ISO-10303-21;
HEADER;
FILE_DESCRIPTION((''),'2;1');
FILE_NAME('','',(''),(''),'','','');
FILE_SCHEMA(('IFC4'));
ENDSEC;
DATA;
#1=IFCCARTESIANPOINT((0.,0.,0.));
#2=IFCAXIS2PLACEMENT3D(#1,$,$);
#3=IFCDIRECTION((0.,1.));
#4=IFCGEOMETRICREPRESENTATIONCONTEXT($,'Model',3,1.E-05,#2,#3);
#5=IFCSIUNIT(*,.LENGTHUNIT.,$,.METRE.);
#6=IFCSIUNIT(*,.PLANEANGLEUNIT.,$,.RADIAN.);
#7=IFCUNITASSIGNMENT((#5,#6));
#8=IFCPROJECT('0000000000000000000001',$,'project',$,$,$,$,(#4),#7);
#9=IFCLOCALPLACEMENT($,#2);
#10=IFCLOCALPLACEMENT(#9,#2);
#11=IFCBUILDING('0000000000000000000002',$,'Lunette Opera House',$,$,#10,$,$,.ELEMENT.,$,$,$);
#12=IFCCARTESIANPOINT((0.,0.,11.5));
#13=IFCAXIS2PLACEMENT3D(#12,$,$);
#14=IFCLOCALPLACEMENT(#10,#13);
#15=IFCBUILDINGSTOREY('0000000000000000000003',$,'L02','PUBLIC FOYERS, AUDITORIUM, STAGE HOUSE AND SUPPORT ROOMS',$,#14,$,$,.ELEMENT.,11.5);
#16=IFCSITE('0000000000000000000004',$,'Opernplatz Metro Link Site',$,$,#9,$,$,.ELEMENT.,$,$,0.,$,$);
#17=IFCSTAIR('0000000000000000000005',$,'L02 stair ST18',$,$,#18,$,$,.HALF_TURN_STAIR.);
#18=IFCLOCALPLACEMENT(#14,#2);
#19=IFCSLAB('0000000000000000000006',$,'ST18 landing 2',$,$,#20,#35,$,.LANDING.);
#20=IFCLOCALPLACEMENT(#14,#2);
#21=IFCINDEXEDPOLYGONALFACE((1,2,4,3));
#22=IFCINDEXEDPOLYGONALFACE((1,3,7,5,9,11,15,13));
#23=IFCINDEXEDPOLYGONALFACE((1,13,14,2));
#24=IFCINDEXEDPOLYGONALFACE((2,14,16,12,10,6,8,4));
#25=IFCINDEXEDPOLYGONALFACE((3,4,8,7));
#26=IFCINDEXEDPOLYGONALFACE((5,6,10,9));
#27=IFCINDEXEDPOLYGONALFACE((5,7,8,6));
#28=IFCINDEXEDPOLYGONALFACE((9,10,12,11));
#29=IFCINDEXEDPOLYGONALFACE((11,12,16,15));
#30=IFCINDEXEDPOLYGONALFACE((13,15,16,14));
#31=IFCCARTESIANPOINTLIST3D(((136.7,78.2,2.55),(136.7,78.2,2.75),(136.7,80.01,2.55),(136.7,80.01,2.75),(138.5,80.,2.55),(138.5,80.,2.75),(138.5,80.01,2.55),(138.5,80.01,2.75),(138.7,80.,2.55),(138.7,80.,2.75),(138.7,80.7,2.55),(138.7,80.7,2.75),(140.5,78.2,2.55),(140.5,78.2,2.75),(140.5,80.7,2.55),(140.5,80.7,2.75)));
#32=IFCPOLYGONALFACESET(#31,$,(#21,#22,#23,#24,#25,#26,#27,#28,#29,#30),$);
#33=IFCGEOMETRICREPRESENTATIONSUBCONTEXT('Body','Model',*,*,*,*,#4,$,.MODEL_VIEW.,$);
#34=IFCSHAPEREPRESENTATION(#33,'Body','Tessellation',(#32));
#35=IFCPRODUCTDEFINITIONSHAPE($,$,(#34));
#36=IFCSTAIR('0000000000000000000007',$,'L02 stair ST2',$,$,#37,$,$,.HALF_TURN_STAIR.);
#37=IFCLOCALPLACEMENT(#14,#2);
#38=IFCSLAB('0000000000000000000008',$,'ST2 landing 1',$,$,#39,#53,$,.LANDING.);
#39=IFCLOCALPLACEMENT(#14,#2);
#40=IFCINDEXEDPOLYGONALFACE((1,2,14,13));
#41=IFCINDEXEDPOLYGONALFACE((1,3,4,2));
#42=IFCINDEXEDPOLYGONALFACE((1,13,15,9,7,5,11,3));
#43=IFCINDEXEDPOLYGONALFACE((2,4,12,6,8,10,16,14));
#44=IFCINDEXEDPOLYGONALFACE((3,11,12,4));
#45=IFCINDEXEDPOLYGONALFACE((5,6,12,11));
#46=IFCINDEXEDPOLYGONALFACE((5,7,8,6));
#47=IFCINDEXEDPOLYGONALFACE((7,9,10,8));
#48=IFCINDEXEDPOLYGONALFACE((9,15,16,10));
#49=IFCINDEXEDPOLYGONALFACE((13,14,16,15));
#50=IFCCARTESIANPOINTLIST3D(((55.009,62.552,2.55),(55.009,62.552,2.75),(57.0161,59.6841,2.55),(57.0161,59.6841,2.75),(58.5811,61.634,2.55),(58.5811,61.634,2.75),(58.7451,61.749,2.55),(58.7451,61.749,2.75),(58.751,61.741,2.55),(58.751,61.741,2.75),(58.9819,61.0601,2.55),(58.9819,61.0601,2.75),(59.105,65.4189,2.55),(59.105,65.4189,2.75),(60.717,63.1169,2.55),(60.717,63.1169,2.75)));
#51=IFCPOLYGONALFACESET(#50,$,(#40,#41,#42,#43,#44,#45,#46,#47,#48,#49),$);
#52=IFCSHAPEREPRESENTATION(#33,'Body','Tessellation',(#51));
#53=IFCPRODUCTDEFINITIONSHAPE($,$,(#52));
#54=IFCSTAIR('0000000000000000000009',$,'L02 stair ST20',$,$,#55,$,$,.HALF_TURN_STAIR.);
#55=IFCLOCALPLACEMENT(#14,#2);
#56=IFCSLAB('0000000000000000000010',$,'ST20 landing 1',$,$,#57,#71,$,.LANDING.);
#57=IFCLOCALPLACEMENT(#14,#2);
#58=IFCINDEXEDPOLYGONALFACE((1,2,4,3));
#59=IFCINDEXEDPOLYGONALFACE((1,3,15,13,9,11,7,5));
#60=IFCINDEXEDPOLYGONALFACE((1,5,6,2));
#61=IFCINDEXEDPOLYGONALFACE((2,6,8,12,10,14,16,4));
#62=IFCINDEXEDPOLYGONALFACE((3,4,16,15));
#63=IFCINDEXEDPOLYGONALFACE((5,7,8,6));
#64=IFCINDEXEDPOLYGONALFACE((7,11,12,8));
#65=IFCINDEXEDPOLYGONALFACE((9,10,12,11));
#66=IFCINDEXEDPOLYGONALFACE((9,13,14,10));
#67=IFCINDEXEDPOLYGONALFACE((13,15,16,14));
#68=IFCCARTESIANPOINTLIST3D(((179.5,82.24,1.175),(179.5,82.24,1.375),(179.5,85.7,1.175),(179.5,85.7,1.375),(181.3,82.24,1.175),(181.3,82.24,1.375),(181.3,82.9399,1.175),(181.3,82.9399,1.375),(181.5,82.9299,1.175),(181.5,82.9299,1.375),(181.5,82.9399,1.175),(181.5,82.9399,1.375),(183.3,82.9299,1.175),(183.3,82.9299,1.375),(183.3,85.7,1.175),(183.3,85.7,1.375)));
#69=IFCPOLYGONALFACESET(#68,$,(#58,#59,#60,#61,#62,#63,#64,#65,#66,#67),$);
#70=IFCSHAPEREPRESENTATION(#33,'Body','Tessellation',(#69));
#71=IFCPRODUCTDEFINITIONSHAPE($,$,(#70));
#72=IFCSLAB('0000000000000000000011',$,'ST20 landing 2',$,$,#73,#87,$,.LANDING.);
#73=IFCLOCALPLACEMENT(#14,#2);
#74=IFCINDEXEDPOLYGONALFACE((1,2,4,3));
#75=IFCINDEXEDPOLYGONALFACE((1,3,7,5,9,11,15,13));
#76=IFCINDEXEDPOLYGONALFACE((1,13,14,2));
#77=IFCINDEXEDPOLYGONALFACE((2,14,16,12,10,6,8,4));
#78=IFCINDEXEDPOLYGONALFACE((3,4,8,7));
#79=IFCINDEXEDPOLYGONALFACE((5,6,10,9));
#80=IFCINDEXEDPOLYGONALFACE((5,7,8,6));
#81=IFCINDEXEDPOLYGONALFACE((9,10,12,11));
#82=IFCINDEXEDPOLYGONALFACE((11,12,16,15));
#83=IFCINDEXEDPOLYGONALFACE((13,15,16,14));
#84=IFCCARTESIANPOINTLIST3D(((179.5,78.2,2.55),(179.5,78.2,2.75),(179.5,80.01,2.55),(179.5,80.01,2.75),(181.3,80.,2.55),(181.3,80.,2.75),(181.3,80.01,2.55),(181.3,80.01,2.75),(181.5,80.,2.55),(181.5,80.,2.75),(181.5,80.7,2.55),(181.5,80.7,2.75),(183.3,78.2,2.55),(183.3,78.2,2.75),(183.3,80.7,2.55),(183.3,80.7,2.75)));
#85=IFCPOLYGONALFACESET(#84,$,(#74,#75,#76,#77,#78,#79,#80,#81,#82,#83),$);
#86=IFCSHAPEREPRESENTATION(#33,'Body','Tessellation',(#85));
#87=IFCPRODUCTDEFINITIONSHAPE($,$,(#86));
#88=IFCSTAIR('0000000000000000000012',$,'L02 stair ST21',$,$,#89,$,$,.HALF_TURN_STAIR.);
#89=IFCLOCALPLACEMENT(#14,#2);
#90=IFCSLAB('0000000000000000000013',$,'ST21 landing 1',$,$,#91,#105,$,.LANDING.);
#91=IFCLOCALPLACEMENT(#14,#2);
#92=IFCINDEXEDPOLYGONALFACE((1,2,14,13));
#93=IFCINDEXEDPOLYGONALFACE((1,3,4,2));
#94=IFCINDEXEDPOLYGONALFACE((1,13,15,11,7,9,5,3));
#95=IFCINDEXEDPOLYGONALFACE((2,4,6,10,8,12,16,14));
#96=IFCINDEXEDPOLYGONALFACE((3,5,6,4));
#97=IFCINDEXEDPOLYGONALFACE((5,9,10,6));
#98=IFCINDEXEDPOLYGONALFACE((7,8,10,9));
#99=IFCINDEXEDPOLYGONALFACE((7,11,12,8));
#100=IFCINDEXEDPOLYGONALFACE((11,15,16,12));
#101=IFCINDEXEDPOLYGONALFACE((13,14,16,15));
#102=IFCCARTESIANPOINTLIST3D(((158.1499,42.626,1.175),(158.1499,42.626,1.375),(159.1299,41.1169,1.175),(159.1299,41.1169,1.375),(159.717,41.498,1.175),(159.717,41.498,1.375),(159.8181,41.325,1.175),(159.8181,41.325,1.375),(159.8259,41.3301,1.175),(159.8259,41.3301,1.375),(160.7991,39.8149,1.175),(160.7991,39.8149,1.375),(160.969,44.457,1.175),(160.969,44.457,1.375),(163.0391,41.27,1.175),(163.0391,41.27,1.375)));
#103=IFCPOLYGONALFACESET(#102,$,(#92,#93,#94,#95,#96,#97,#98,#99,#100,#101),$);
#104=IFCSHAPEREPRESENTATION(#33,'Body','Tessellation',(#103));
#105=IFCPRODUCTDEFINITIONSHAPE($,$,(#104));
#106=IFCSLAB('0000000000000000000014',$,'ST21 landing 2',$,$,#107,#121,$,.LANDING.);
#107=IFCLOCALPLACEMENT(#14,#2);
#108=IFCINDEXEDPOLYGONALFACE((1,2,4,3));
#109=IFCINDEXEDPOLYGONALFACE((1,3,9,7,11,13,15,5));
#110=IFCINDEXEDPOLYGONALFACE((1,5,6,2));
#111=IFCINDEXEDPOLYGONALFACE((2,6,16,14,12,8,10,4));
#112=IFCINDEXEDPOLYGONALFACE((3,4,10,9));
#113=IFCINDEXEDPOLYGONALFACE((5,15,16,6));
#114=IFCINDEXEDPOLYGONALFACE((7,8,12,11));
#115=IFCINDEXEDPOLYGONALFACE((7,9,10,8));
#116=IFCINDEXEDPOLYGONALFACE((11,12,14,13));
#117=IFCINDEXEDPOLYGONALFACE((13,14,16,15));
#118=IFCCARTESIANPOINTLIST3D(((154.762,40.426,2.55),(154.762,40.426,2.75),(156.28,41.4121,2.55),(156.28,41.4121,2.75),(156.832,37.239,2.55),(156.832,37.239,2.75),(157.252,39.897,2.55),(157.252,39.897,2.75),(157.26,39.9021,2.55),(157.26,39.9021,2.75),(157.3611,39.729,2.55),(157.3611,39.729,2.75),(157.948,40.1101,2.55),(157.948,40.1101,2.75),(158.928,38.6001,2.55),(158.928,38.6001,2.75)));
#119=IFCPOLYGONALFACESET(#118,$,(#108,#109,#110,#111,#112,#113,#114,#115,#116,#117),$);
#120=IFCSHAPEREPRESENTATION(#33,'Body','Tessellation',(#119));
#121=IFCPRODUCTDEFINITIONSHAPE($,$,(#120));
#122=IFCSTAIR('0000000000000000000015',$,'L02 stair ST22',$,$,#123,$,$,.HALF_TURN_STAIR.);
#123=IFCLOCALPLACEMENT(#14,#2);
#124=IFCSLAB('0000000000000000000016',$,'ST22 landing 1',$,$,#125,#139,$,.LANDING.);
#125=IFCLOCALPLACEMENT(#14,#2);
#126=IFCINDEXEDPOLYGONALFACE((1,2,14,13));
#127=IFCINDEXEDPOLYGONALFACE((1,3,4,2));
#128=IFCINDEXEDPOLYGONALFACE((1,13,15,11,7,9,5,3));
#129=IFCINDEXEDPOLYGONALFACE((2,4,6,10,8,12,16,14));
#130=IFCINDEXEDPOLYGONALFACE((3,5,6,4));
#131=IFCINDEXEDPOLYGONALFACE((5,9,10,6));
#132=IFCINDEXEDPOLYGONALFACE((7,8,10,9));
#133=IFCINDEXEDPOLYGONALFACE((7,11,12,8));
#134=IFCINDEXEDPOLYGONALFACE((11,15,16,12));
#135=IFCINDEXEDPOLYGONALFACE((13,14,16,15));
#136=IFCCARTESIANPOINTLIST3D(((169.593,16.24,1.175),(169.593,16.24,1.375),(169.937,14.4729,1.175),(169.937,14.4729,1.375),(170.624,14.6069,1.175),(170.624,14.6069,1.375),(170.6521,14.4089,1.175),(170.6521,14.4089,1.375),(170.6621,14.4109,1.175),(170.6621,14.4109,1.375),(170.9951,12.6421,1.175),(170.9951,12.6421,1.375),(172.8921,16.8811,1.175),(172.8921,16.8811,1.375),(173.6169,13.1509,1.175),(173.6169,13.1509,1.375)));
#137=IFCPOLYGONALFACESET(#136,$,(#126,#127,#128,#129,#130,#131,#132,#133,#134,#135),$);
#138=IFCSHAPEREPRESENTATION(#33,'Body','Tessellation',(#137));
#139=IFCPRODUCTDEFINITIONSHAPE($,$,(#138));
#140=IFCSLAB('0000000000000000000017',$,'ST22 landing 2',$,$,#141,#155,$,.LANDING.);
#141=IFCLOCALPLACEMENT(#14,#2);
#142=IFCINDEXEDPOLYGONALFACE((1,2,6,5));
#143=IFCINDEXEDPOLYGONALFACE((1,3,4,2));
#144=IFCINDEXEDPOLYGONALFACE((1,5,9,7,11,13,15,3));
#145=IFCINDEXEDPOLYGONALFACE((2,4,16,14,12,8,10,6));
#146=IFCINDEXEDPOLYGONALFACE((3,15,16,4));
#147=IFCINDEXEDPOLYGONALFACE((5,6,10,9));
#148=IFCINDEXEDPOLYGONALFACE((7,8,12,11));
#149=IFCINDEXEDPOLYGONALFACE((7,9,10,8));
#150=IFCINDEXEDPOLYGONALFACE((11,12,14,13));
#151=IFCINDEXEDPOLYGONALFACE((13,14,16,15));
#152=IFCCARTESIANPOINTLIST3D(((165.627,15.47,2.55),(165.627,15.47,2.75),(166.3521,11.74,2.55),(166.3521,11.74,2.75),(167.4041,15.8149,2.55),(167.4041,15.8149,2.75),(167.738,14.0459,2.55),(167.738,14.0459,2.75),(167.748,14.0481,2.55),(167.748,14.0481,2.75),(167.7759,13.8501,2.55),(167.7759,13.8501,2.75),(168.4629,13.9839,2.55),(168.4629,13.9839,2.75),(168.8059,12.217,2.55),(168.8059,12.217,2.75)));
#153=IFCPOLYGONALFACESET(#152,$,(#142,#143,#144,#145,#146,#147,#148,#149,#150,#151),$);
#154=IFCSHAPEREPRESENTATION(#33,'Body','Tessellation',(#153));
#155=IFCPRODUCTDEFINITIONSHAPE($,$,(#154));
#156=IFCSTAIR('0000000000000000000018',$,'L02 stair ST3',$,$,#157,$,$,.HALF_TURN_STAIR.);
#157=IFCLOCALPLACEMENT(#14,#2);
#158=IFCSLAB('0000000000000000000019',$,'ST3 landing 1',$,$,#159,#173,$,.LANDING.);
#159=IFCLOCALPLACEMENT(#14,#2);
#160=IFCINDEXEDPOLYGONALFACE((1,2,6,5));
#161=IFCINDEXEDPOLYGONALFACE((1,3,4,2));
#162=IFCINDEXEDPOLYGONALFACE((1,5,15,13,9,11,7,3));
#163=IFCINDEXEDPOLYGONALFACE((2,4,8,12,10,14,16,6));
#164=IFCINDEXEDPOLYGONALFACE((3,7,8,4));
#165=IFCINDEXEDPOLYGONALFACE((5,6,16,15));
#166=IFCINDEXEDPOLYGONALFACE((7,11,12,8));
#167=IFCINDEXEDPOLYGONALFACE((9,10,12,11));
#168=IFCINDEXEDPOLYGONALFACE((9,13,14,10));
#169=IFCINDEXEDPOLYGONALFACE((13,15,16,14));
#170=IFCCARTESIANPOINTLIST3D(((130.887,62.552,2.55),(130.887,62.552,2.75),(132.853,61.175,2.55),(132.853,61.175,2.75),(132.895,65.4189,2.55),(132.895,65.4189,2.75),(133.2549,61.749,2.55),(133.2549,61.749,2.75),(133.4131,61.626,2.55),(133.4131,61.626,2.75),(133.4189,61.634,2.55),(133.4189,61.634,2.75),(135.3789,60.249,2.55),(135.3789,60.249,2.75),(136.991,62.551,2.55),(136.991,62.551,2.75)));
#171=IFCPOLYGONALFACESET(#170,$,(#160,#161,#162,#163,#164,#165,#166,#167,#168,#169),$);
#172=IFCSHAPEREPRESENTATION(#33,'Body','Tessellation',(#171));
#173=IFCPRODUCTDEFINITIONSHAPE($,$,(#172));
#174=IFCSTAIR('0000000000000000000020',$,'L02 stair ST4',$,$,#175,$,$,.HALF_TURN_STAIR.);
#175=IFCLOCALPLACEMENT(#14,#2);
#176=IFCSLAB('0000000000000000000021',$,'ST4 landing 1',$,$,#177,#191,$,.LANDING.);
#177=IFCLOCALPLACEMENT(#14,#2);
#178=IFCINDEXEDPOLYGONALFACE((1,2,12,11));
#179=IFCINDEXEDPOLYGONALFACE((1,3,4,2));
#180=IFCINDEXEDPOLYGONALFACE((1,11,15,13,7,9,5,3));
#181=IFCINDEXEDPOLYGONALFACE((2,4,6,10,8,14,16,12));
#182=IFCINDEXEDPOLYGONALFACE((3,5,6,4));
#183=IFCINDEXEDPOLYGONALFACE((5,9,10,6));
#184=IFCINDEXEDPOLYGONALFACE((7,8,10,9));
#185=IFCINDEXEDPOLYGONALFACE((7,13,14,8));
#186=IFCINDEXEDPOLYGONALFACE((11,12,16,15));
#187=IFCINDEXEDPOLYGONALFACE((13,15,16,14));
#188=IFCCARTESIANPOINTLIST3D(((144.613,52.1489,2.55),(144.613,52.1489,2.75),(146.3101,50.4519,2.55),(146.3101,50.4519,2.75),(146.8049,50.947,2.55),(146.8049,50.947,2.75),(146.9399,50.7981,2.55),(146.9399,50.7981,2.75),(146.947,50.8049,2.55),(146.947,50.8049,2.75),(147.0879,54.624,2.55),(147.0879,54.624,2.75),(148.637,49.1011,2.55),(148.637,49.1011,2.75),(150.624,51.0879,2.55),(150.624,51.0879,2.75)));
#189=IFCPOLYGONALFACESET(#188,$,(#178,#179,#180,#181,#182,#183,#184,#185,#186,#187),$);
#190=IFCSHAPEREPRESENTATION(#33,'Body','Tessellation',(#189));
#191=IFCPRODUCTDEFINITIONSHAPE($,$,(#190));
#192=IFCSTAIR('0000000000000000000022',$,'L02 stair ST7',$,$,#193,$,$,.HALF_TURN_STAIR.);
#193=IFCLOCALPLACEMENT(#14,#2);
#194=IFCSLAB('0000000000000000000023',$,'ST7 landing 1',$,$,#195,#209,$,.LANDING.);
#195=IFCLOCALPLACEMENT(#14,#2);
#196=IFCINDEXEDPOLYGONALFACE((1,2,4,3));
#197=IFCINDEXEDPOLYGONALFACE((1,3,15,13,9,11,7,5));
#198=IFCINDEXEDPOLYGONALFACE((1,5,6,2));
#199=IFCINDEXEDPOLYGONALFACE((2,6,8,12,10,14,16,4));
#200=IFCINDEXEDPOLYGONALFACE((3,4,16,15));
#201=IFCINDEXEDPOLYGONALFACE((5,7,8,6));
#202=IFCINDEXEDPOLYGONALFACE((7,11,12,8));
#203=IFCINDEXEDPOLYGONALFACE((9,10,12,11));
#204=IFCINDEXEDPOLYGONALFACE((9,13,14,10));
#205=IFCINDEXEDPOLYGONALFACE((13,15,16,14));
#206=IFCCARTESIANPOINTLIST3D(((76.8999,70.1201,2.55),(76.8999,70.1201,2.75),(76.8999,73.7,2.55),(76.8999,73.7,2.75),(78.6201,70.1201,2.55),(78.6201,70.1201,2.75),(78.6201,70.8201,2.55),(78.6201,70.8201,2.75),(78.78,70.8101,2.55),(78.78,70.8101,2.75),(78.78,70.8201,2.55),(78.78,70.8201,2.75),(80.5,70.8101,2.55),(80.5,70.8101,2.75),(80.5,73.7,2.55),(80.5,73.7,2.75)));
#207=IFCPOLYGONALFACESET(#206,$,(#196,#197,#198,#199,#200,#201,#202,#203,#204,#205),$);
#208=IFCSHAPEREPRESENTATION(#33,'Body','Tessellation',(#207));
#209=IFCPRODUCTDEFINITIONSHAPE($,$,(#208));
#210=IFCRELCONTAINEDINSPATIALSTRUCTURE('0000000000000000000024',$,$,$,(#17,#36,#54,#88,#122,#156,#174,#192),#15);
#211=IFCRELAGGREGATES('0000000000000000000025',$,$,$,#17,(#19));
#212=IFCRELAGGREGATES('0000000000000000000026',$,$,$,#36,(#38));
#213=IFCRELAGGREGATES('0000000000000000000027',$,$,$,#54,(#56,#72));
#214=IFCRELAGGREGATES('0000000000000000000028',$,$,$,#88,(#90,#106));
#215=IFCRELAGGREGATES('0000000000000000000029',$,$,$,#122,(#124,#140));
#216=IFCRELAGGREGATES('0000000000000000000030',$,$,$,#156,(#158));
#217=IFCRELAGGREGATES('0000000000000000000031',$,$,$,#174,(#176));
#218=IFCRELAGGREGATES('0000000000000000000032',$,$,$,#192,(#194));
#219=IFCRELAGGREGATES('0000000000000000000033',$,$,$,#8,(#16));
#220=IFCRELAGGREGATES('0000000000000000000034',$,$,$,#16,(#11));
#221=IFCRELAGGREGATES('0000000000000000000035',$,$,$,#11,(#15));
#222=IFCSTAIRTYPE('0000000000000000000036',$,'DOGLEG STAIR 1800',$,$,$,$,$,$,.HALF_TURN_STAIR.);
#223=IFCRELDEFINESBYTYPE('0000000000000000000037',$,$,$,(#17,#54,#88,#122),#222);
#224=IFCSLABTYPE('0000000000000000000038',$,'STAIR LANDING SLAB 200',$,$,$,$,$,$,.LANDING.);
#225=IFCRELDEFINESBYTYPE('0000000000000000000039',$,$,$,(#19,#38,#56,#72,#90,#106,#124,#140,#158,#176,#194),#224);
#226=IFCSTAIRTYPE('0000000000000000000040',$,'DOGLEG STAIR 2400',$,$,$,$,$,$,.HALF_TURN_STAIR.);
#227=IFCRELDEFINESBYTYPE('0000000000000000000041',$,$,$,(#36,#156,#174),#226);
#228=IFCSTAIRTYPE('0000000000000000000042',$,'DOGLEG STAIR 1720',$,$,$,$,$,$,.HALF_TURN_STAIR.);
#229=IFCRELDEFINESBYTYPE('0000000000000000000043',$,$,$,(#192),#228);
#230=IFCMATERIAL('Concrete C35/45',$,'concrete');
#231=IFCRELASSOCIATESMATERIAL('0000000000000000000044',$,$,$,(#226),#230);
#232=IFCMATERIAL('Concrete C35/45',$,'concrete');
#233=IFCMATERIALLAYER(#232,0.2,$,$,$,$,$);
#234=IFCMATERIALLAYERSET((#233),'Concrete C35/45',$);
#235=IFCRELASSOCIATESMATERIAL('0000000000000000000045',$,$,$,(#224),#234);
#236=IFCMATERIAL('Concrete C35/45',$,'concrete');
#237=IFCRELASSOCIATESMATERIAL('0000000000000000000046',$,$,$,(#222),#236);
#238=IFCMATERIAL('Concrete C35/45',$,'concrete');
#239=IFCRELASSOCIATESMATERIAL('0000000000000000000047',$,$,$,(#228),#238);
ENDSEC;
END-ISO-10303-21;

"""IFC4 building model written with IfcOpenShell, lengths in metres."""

from ifc_helpers import new_model, si_unit, direction, frame, origin, place, context, subcontext, project, spatial, polyline, outline, extrude, material, layer, layer_set, type_object, element, aggregate, save


model = new_model("IFC4")

# Units and contexts
model_context = context("Model", 3, precision=1e-05, world=origin(), true_north=direction((0.0, 1.0)))
body_context = subcontext(model_context, "Body", "Model", "MODEL_VIEW")
ifc_project = project(units=[si_unit("LENGTHUNIT", "METRE"), si_unit("PLANEANGLEUNIT", "RADIAN")], contexts=[model_context])

# Site, building, storey
site_placement = place(None, origin())
site = spatial("IfcSite", under=ifc_project, at=site_placement, Name="Opernplatz Metro Link Site", CompositionType="ELEMENT", RefElevation=0.0)
building_placement = place(site_placement, origin())
building = spatial("IfcBuilding", under=site, at=building_placement, Name="Lunette Opera House", CompositionType="ELEMENT")
storey_placement = place(building_placement, frame((0.0, 0.0, 11.5)))
storey = spatial("IfcBuildingStorey", under=building, at=storey_placement, Name="L02", Description="PUBLIC FOYERS, AUDITORIUM, STAGE HOUSE AND SUPPORT ROOMS", CompositionType="ELEMENT", Elevation=11.5)

# Shared definitions
ifc_material_1 = material(Name="Concrete C35/45", Category="concrete")
stair_type_1 = type_object("IfcStairType", Name="DOGLEG STAIR 2400", PredefinedType="HALF_TURN_STAIR", material=ifc_material_1)
ifc_material_2 = material(Name="Concrete C35/45", Category="concrete")
ifc_layer = layer(ifc_material_2, 0.2)
ifc_layer_set = layer_set([ifc_layer], Name="Concrete C35/45")
slab_type = type_object("IfcSlabType", Name="STAIR LANDING SLAB 200", PredefinedType="LANDING", material=ifc_layer_set)

# Stair, slab
ifc_material_3 = material(Name="Concrete C35/45", Category="concrete")
stair_type_2 = type_object("IfcStairType", Name="DOGLEG STAIR 1800", PredefinedType="HALF_TURN_STAIR", material=ifc_material_3)
stair_1_placement = place(storey_placement, origin())
stair_1 = element("IfcStair", 1, at=stair_1_placement, inside=storey, type_object=stair_type_2, Name="L02 stair ST18", PredefinedType="HALF_TURN_STAIR")
slab_1_placement = place(storey_placement, frame((0.0, 0.0, 2.55)))
slab_1 = element("IfcSlab", 2, at=slab_1_placement, type_object=slab_type, Name="ST18 landing 2", PredefinedType="LANDING", context=body_context, shape_type="SweptSolid", body=[
    extrude(outline(polyline([(136.7, 78.2), (136.7, 80.01), (138.5, 80.01), (138.5, 80.0), (138.7, 80.0), (138.7, 80.7), (140.5, 80.7), (140.5, 78.2), (136.7, 78.2)])), origin(), (0.0, 0.0, 1.0), 0.2),
])
aggregate(stair_1, [slab_1])

# Stair, slab
stair_2_placement = place(storey_placement, origin())
stair_2 = element("IfcStair", 3, at=stair_2_placement, inside=storey, type_object=stair_type_1, Name="L02 stair ST2", PredefinedType="HALF_TURN_STAIR")
slab_2_placement = place(storey_placement, frame((0.0, 0.0, 2.55)))
slab_2 = element("IfcSlab", 4, at=slab_2_placement, type_object=slab_type, Name="ST2 landing 1", PredefinedType="LANDING", context=body_context, shape_type="SweptSolid", body=[
    extrude(outline(polyline([(59.105, 65.4189), (60.717, 63.1169), (58.751, 61.741), (58.7451, 61.749), (58.5811, 61.634), (58.9819, 61.0601), (57.0161, 59.6841), (55.009, 62.552), (59.105, 65.4189)])), origin(), (0.0, 0.0, 1.0), 0.2),
])
aggregate(stair_2, [slab_2])

# Stairs, slabs
stair_3_placement = place(storey_placement, origin())
stair_3 = element("IfcStair", 5, at=stair_3_placement, inside=storey, type_object=stair_type_2, Name="L02 stair ST20", PredefinedType="HALF_TURN_STAIR")
slab_3_placement = place(storey_placement, frame((0.0, 0.0, 1.175)))
slab_3 = element("IfcSlab", 6, at=slab_3_placement, type_object=slab_type, Name="ST20 landing 1", PredefinedType="LANDING", context=body_context, shape_type="SweptSolid", body=[
    extrude(outline(polyline([(183.3, 82.9299), (181.5, 82.9299), (181.5, 82.9399), (181.3, 82.9399), (181.3, 82.24), (179.5, 82.24), (179.5, 85.7), (183.3, 85.7), (183.3, 82.9299)])), origin(), (0.0, 0.0, 1.0), 0.2),
])
slab_4_placement = place(storey_placement, frame((0.0, 0.0, 2.55)))
slab_4 = element("IfcSlab", 7, at=slab_4_placement, type_object=slab_type, Name="ST20 landing 2", PredefinedType="LANDING", context=body_context, shape_type="SweptSolid", body=[
    extrude(outline(polyline([(179.5, 78.2), (179.5, 80.01), (181.3, 80.01), (181.3, 80.0), (181.5, 80.0), (181.5, 80.7), (183.3, 80.7), (183.3, 78.2), (179.5, 78.2)])), origin(), (0.0, 0.0, 1.0), 0.2),
])
aggregate(stair_3, [slab_3, slab_4])
stair_4_placement = place(storey_placement, origin())
stair_4 = element("IfcStair", 8, at=stair_4_placement, inside=storey, type_object=stair_type_2, Name="L02 stair ST21", PredefinedType="HALF_TURN_STAIR")
slab_5_placement = place(storey_placement, frame((0.0, 0.0, 1.175)))
slab_5 = element("IfcSlab", 9, at=slab_5_placement, type_object=slab_type, Name="ST21 landing 1", PredefinedType="LANDING", context=body_context, shape_type="SweptSolid", body=[
    extrude(outline(polyline([(160.7991, 39.8149), (159.8181, 41.325), (159.8259, 41.3301), (159.717, 41.498), (159.1299, 41.1169), (158.1499, 42.626), (160.969, 44.457), (163.0391, 41.27), (160.7991, 39.8149)])), origin(), (0.0, 0.0, 1.0), 0.2),
])
slab_6_placement = place(storey_placement, frame((0.0, 0.0, 2.55)))
slab_6 = element("IfcSlab", 10, at=slab_6_placement, type_object=slab_type, Name="ST21 landing 2", PredefinedType="LANDING", context=body_context, shape_type="SweptSolid", body=[
    extrude(outline(polyline([(154.762, 40.426), (156.28, 41.4121), (157.26, 39.9021), (157.252, 39.897), (157.3611, 39.729), (157.948, 40.1101), (158.928, 38.6001), (156.832, 37.239), (154.762, 40.426)])), origin(), (0.0, 0.0, 1.0), 0.2),
])
aggregate(stair_4, [slab_5, slab_6])
stair_5_placement = place(storey_placement, origin())
stair_5 = element("IfcStair", 11, at=stair_5_placement, inside=storey, type_object=stair_type_2, Name="L02 stair ST22", PredefinedType="HALF_TURN_STAIR")
slab_7_placement = place(storey_placement, frame((0.0, 0.0, 1.175)))
slab_7 = element("IfcSlab", 12, at=slab_7_placement, type_object=slab_type, Name="ST22 landing 1", PredefinedType="LANDING", context=body_context, shape_type="SweptSolid", body=[
    extrude(outline(polyline([(173.6169, 13.1509), (170.9951, 12.6421), (170.6521, 14.4089), (170.6621, 14.4109), (170.624, 14.6069), (169.937, 14.4729), (169.593, 16.24), (172.8921, 16.8811), (173.6169, 13.1509)])), origin(), (0.0, 0.0, 1.0), 0.2),
])
slab_8_placement = place(storey_placement, frame((0.0, 0.0, 2.55)))
slab_8 = element("IfcSlab", 13, at=slab_8_placement, type_object=slab_type, Name="ST22 landing 2", PredefinedType="LANDING", context=body_context, shape_type="SweptSolid", body=[
    extrude(outline(polyline([(166.3521, 11.74), (165.627, 15.47), (167.4041, 15.8149), (167.748, 14.0481), (167.738, 14.0459), (167.7759, 13.8501), (168.4629, 13.9839), (168.8059, 12.217), (166.3521, 11.74)])), origin(), (0.0, 0.0, 1.0), 0.2),
])
aggregate(stair_5, [slab_7, slab_8])

# Stairs, slabs
stair_6_placement = place(storey_placement, origin())
stair_6 = element("IfcStair", 14, at=stair_6_placement, inside=storey, type_object=stair_type_1, Name="L02 stair ST3", PredefinedType="HALF_TURN_STAIR")
slab_9_placement = place(storey_placement, frame((0.0, 0.0, 2.55)))
slab_9 = element("IfcSlab", 15, at=slab_9_placement, type_object=slab_type, Name="ST3 landing 1", PredefinedType="LANDING", context=body_context, shape_type="SweptSolid", body=[
    extrude(outline(polyline([(135.3789, 60.249), (133.4131, 61.626), (133.4189, 61.634), (133.2549, 61.749), (132.853, 61.175), (130.887, 62.552), (132.895, 65.4189), (136.991, 62.551), (135.3789, 60.249)])), origin(), (0.0, 0.0, 1.0), 0.2),
])
aggregate(stair_6, [slab_9])
stair_7_placement = place(storey_placement, origin())
stair_7 = element("IfcStair", 16, at=stair_7_placement, inside=storey, type_object=stair_type_1, Name="L02 stair ST4", PredefinedType="HALF_TURN_STAIR")
slab_10_placement = place(storey_placement, frame((0.0, 0.0, 2.55)))
slab_10 = element("IfcSlab", 17, at=slab_10_placement, type_object=slab_type, Name="ST4 landing 1", PredefinedType="LANDING", context=body_context, shape_type="SweptSolid", body=[
    extrude(outline(polyline([(148.637, 49.1011), (146.9399, 50.7981), (146.947, 50.8049), (146.8049, 50.947), (146.3101, 50.4519), (144.613, 52.1489), (147.0879, 54.624), (150.624, 51.0879), (148.637, 49.1011)])), origin(), (0.0, 0.0, 1.0), 0.2),
])
aggregate(stair_7, [slab_10])
ifc_material_4 = material(Name="Concrete C35/45", Category="concrete")
stair_type_3 = type_object("IfcStairType", Name="DOGLEG STAIR 1720", PredefinedType="HALF_TURN_STAIR", material=ifc_material_4)
stair_8_placement = place(storey_placement, origin())
stair_8 = element("IfcStair", 18, at=stair_8_placement, inside=storey, type_object=stair_type_3, Name="L02 stair ST7", PredefinedType="HALF_TURN_STAIR")
slab_11_placement = place(storey_placement, frame((0.0, 0.0, 2.55)))
slab_11 = element("IfcSlab", 19, at=slab_11_placement, type_object=slab_type, Name="ST7 landing 1", PredefinedType="LANDING", context=body_context, shape_type="SweptSolid", body=[
    extrude(outline(polyline([(80.5, 70.8101), (78.78, 70.8101), (78.78, 70.8201), (78.6201, 70.8201), (78.6201, 70.1201), (76.8999, 70.1201), (76.8999, 73.7), (80.5, 73.7), (80.5, 70.8101)])), origin(), (0.0, 0.0, 1.0), 0.2),
])
aggregate(stair_8, [slab_11])

save(model, "model.ifc")
